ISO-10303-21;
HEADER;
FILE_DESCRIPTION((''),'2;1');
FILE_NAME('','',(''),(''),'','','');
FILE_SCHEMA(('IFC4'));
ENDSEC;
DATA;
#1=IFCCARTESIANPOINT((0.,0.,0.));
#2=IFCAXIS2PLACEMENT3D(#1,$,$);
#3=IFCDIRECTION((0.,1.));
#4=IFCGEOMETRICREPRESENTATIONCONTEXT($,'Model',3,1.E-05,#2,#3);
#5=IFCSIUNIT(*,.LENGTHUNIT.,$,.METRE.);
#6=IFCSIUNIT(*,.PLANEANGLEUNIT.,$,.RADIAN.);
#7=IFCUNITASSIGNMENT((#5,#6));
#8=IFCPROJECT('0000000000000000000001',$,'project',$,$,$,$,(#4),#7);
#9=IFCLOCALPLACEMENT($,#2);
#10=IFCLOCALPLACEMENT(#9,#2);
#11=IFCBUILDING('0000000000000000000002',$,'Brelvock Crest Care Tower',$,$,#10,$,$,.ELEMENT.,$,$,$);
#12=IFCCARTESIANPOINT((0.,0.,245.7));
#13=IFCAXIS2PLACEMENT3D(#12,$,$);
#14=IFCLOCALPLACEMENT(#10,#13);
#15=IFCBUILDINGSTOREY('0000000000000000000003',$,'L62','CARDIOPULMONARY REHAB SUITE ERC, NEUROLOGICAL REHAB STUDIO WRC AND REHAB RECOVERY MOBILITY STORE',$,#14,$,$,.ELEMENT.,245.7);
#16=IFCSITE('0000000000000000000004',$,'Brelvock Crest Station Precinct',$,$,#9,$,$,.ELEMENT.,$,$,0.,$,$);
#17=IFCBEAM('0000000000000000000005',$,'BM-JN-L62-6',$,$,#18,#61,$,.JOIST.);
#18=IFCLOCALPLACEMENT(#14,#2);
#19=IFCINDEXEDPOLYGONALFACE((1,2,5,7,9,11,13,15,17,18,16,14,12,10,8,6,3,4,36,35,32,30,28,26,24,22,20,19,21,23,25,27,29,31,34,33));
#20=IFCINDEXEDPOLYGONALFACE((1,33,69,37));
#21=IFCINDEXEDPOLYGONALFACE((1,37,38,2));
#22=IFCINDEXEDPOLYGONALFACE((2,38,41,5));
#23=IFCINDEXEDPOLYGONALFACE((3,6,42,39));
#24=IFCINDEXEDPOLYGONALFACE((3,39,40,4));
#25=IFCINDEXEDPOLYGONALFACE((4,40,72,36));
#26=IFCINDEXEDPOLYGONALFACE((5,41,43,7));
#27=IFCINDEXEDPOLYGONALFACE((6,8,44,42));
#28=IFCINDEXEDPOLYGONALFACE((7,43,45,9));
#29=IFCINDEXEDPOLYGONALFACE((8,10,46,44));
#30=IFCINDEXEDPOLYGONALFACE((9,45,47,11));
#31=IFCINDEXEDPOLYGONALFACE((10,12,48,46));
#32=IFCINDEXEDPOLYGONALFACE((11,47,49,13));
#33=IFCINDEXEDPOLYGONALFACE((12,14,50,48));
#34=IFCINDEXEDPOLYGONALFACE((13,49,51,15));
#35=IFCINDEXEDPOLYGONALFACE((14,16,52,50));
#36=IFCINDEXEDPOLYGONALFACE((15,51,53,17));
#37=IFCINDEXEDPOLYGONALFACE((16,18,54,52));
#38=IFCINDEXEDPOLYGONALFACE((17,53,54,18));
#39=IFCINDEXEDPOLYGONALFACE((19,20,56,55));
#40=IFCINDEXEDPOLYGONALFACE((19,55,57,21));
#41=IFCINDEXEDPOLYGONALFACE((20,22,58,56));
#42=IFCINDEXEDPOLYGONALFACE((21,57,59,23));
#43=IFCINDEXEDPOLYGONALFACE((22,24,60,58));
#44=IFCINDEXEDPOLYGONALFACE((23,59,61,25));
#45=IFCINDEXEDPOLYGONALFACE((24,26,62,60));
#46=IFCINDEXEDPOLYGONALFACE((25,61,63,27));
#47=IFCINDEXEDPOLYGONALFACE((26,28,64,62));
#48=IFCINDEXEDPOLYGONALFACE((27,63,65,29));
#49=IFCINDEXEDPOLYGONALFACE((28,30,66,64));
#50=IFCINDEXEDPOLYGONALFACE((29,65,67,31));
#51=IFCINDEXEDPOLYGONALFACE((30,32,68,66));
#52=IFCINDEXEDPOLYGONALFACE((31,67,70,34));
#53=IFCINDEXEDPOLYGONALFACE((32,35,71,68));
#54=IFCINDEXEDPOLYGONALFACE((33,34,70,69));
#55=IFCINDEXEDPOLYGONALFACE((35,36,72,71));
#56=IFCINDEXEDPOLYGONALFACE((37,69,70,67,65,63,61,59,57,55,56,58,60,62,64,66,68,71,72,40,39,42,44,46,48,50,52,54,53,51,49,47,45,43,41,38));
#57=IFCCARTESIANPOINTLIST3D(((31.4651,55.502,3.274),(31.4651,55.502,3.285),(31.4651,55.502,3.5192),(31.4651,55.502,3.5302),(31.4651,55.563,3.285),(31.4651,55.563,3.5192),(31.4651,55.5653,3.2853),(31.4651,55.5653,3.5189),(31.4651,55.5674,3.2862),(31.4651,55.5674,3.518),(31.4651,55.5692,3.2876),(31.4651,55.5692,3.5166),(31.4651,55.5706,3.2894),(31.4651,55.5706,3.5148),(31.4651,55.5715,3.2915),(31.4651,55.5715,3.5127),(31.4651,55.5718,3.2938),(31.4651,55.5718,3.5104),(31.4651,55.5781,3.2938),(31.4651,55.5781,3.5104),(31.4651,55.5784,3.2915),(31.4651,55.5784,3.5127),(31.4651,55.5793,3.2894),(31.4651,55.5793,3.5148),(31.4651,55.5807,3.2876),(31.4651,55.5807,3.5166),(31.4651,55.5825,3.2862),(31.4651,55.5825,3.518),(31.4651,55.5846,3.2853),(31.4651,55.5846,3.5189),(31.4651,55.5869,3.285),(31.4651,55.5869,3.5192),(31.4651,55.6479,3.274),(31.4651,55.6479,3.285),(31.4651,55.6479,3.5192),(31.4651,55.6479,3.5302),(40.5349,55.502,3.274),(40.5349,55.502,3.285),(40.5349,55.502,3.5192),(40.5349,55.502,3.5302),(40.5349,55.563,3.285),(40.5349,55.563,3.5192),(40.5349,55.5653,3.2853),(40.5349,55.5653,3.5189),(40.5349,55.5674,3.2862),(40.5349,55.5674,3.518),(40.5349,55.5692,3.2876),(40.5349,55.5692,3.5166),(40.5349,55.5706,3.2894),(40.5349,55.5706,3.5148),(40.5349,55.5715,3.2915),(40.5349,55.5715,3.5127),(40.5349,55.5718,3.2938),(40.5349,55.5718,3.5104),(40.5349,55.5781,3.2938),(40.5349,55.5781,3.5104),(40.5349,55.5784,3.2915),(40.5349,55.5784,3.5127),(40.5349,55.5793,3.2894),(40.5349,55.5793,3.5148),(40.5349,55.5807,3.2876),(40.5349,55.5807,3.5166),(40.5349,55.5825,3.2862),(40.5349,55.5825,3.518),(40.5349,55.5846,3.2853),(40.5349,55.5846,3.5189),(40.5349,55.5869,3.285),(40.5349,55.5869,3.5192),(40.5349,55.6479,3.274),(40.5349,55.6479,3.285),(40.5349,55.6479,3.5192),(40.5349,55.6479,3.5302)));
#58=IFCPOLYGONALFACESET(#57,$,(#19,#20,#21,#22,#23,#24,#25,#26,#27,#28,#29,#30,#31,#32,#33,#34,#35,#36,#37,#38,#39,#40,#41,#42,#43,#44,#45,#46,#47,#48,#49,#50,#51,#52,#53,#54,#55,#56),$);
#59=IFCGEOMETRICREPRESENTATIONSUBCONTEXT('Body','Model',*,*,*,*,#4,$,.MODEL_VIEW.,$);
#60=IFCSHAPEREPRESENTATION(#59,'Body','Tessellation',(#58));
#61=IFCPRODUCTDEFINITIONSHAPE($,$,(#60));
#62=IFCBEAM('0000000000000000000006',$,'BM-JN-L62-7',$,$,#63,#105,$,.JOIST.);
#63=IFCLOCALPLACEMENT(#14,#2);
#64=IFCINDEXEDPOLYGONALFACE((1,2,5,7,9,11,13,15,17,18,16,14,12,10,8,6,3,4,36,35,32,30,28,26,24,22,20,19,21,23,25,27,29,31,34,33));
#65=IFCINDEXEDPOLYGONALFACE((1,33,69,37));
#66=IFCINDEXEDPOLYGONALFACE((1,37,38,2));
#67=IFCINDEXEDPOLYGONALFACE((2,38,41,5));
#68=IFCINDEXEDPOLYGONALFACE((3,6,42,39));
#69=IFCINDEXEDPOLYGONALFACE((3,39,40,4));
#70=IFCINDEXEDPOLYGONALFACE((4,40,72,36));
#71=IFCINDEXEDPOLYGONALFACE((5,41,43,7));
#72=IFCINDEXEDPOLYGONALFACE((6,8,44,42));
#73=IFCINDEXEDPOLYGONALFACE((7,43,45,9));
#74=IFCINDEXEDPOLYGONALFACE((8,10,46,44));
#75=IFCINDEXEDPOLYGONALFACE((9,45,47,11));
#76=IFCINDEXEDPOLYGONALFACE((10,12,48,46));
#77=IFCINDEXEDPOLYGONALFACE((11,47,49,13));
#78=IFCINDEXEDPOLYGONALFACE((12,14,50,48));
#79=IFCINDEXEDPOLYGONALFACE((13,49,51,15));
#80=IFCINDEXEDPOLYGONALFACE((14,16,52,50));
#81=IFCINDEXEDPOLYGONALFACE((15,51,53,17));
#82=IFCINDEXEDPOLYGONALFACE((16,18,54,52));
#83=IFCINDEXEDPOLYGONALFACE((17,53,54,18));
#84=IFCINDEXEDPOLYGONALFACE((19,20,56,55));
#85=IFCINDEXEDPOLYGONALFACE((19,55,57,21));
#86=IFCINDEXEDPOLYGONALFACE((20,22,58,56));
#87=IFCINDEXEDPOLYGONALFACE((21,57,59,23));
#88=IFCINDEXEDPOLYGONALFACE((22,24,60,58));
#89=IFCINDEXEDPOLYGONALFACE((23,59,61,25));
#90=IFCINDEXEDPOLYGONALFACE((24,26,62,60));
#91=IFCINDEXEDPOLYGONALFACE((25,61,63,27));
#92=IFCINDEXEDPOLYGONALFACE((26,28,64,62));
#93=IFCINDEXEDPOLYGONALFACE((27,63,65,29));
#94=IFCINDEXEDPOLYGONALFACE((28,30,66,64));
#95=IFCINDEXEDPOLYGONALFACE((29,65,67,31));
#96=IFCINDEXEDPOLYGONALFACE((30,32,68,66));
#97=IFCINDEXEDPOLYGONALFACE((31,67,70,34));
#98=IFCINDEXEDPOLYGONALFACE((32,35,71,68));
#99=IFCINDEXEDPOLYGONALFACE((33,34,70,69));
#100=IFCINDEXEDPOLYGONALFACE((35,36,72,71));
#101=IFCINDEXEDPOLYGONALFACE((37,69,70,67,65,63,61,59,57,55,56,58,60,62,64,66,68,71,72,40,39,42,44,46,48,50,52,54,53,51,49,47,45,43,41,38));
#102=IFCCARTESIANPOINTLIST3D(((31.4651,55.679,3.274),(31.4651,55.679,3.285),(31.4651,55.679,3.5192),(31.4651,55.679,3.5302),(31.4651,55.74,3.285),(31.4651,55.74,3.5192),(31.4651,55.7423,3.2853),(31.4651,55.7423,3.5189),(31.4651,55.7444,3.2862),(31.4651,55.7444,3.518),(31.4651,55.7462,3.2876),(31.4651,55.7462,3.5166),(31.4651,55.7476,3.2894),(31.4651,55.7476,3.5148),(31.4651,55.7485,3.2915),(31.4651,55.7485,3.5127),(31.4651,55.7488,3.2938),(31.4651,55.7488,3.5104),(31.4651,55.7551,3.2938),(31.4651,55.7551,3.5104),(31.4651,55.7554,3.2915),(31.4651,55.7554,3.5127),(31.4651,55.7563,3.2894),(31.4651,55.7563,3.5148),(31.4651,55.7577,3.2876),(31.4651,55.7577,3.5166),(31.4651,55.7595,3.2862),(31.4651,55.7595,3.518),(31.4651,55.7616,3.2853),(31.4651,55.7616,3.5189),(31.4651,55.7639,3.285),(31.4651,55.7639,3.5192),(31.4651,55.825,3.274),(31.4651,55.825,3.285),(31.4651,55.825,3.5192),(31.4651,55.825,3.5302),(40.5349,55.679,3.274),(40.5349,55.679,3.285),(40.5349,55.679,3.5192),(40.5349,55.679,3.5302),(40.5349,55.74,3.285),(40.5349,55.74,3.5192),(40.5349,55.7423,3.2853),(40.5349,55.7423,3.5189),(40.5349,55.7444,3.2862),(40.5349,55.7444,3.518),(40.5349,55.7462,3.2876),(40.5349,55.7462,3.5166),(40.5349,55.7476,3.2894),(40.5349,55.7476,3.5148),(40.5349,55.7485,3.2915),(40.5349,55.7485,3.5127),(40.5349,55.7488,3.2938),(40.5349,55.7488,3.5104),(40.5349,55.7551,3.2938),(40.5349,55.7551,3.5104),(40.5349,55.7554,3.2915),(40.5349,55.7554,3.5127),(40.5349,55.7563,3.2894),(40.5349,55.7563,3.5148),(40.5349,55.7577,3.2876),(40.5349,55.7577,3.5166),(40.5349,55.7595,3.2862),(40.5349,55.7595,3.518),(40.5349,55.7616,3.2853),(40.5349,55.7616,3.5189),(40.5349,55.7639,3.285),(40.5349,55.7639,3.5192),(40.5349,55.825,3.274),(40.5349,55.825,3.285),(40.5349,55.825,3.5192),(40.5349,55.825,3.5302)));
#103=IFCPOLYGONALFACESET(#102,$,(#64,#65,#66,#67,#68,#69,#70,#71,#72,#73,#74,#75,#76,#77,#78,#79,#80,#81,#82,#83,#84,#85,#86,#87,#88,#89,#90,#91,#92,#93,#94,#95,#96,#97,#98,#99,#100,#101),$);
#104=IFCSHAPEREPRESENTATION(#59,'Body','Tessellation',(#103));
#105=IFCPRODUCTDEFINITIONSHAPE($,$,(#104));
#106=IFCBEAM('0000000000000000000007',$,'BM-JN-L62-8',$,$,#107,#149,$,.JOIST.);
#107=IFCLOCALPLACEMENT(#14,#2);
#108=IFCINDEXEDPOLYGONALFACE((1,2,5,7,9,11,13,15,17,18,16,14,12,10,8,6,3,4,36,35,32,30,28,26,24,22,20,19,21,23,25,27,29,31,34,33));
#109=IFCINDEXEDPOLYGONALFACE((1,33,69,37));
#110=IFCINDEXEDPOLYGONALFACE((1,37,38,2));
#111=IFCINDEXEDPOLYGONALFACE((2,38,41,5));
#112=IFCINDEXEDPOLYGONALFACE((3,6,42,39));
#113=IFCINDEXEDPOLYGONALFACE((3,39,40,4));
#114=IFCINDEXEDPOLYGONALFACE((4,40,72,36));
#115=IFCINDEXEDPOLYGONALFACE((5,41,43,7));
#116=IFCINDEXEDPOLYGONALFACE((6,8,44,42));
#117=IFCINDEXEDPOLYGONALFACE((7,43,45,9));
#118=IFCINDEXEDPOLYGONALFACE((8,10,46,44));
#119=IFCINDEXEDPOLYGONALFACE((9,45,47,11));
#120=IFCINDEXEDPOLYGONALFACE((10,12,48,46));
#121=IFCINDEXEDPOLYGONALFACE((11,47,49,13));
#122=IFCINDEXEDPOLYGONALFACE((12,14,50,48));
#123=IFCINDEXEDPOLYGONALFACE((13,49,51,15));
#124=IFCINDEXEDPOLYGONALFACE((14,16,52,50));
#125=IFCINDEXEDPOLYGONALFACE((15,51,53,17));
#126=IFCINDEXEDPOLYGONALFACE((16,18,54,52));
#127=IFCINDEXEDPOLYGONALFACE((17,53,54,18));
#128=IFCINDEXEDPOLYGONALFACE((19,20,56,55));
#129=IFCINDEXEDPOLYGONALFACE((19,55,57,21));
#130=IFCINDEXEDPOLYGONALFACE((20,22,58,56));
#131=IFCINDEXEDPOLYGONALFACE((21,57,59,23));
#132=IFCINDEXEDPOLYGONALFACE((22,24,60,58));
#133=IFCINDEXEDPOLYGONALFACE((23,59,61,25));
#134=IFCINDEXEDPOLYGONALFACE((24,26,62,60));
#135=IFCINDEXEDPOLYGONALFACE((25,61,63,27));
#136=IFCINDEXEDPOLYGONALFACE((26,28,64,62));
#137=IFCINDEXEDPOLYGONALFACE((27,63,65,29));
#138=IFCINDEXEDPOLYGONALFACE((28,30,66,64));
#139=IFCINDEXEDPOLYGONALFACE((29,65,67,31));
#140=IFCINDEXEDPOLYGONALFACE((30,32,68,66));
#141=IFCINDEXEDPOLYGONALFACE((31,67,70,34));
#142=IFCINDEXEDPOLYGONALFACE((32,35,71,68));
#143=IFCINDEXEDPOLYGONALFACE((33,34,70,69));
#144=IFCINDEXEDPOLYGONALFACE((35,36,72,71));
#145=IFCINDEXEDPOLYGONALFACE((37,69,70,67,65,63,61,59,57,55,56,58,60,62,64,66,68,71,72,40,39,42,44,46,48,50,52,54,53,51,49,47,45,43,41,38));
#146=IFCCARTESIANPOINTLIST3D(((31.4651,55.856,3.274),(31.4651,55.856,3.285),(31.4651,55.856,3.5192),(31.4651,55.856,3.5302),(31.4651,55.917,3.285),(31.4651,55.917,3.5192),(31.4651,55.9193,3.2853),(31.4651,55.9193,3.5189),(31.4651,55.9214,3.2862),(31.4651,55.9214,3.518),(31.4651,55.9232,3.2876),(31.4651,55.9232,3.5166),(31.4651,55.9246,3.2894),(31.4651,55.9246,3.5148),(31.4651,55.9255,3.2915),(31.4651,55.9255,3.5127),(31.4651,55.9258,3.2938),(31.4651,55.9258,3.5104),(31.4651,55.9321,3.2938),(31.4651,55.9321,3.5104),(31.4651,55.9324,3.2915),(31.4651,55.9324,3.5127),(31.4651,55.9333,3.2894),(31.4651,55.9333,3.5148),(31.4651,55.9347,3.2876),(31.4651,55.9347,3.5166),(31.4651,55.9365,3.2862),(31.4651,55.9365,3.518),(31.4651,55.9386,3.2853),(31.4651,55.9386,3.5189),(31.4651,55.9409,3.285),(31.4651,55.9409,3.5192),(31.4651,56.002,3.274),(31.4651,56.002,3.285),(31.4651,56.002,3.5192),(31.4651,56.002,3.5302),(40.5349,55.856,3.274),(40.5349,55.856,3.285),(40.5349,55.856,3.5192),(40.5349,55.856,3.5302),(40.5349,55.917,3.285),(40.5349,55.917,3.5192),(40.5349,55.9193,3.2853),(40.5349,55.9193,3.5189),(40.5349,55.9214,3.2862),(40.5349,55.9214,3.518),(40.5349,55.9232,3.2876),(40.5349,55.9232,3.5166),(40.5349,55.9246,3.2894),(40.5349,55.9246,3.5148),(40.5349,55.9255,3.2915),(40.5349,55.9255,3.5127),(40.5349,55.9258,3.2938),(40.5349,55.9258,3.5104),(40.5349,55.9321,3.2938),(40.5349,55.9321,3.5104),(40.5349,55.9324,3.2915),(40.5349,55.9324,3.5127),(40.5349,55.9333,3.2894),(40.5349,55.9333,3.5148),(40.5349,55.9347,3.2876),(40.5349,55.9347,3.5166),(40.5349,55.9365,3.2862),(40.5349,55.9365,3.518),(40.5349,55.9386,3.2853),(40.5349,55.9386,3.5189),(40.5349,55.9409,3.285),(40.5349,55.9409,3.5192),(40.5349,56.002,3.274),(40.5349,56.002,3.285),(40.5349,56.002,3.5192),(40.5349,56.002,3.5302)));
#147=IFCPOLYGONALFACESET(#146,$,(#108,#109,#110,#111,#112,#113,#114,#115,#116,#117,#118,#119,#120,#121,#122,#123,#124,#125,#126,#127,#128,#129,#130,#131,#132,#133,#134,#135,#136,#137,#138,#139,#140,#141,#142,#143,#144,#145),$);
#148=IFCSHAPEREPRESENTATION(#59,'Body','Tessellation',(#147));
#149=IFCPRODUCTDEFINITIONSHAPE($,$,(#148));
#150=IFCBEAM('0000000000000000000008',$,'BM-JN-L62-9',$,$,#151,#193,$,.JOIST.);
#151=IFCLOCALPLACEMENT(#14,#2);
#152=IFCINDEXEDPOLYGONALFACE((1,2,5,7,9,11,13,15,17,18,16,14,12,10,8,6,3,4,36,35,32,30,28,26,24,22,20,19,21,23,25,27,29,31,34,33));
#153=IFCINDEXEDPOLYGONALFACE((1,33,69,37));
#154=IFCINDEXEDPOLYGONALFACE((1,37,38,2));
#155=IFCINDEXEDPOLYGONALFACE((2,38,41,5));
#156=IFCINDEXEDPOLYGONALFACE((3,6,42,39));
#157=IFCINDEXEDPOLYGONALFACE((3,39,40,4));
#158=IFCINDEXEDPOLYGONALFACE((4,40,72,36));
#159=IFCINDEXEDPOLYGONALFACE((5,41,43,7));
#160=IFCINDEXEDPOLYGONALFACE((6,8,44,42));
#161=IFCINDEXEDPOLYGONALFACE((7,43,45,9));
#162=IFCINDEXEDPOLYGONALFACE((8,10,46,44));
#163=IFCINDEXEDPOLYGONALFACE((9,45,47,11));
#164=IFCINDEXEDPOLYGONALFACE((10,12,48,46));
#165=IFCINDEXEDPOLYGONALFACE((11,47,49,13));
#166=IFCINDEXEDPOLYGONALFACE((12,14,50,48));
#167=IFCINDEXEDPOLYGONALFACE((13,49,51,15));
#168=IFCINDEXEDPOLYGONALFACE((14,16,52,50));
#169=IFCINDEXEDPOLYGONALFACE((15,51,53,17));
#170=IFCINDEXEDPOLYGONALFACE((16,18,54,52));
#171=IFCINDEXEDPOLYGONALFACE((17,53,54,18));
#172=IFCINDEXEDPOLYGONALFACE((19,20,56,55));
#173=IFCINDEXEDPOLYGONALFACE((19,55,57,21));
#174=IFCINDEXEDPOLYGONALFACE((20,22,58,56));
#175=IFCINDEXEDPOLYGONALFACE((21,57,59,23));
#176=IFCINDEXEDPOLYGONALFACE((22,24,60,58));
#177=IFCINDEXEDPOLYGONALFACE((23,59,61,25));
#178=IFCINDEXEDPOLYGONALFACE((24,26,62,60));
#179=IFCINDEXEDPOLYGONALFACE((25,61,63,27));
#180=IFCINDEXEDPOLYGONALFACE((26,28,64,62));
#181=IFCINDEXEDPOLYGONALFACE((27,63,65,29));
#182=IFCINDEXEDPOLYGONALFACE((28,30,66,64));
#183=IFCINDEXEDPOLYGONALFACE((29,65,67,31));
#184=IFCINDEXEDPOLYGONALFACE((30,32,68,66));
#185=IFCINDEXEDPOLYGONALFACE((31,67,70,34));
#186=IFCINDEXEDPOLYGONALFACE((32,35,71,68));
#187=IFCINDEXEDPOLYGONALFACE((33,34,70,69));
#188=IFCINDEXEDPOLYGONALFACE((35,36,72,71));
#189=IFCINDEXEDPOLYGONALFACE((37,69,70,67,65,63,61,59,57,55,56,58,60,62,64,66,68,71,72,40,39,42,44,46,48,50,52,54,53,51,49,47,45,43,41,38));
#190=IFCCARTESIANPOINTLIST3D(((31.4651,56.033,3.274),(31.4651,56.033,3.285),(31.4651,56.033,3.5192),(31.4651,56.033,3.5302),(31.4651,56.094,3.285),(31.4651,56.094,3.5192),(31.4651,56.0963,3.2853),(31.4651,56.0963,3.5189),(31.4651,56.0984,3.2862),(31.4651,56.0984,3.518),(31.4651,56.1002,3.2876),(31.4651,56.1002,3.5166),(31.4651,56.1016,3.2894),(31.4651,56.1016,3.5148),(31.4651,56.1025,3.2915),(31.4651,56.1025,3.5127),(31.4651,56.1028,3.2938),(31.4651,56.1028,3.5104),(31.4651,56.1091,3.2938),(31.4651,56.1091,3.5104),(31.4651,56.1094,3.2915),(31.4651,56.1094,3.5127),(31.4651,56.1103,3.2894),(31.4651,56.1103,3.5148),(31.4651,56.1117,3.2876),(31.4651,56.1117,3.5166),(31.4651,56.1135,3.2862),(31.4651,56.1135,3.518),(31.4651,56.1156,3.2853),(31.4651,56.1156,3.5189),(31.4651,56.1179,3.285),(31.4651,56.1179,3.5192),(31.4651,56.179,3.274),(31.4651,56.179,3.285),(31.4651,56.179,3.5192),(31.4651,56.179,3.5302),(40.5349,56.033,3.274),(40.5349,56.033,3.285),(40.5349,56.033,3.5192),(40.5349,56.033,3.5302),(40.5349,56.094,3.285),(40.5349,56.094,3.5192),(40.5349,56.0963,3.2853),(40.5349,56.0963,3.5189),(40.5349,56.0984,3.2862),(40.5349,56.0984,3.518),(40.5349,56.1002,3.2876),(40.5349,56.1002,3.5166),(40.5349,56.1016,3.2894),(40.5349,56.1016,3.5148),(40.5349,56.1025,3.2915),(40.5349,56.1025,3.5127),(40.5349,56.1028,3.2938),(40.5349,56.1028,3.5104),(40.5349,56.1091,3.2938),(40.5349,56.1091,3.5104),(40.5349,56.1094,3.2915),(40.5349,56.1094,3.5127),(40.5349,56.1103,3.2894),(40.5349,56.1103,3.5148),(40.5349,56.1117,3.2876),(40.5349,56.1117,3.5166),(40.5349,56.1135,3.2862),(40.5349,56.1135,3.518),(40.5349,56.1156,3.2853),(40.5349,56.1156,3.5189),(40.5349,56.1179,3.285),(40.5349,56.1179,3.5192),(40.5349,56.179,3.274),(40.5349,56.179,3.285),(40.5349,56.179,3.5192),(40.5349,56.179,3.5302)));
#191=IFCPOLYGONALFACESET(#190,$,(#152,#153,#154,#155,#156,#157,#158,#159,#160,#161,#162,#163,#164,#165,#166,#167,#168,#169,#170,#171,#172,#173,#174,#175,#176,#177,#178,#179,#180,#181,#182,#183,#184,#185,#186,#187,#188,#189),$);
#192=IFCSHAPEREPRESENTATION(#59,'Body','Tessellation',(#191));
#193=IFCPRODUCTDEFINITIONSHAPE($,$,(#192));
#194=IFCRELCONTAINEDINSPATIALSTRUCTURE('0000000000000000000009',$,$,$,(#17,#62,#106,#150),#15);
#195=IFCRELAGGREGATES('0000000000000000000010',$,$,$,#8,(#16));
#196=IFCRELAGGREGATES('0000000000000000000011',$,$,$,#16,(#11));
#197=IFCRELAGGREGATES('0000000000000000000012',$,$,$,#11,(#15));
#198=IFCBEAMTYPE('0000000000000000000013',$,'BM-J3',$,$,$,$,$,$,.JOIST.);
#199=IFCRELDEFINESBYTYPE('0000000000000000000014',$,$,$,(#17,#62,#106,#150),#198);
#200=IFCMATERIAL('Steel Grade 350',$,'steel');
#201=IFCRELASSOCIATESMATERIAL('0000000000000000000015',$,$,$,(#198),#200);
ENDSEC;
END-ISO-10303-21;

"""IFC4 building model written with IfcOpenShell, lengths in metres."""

from ifc_helpers import new_model, si_unit, direction, frame, origin, origin_2d, place, context, subcontext, project, spatial, i_section, extrude, source, transform, mapped, material, material_profile, profile_set, type_object, element, save


model = new_model("IFC4")

# Units and contexts
model_context = context("Model", 3, precision=1e-05, world=origin(), true_north=direction((0.0, 1.0)))
body_context = subcontext(model_context, "Body", "Model", "MODEL_VIEW")
ifc_project = project(units=[si_unit("LENGTHUNIT", "METRE"), si_unit("PLANEANGLEUNIT", "RADIAN")], contexts=[model_context])

# Site, building, storey
site_placement = place(None, origin())
site = spatial("IfcSite", under=ifc_project, at=site_placement, Name="Brelvock Crest Station Precinct", CompositionType="ELEMENT", RefElevation=0.0)
building_placement = place(site_placement, origin())
building = spatial("IfcBuilding", under=site, at=building_placement, Name="Brelvock Crest Care Tower", CompositionType="ELEMENT")
storey_placement = place(building_placement, frame((0.0, 0.0, 245.7)))
storey = spatial("IfcBuildingStorey", under=building, at=storey_placement, Name="L62", Description="CARDIOPULMONARY REHAB SUITE ERC, NEUROLOGICAL REHAB STUDIO WRC AND REHAB RECOVERY MOBILITY STORE", CompositionType="ELEMENT", Elevation=245.7)

# Shared definitions
ifc_material_1 = material(Name="Steel Grade 350", Category="steel")

# Beams
ifc_material_profile_1 = material_profile(ifc_material_1, i_section(OverallWidth=0.146, OverallDepth=0.2561, WebThickness=0.0063, FlangeThickness=0.011, FilletRadius=0.0088, at=origin_2d()), Name="250UB37.3")
ifc_profile_set_1 = profile_set([ifc_material_profile_1], Name="Steel Grade 350")
beam_type_1 = type_object("IfcBeamType", Name="BM-J3", PredefinedType="JOIST", material=ifc_profile_set_1)
shared_shape_1 = source(origin(), body_context, "Body", "SweptSolid", [
    extrude(i_section(OverallWidth=0.146, OverallDepth=0.2561, WebThickness=0.0063, FlangeThickness=0.011, FilletRadius=0.0088, at=origin_2d()), origin(), (0.0, 0.0, 1.0), 9.0698),
])
for number, where, z_axis, x_axis, name in (
    (1, (31.4651, 55.575, 3.4021), (1.0, 0.0, 0.0), (0.0, 1.0, 0.0), "BM-JN-L62-6"),
    (2, (31.4651, 55.752, 3.4021), (1.0, 0.0, 0.0), (0.0, 1.0, 0.0), "BM-JN-L62-7"),
    (3, (31.4651, 55.929, 3.4021), (1.0, 0.0, 0.0), (0.0, 1.0, 0.0), "BM-JN-L62-8"),
    (4, (31.4651, 56.106, 3.4021), (1.0, 0.0, 0.0), (0.0, 1.0, 0.0), "BM-JN-L62-9"),
):
    element("IfcBeam", number, at=place(storey_placement, frame(where, z_axis=z_axis, x_axis=x_axis)), inside=storey, type_object=beam_type_1, Name=name, PredefinedType="JOIST", context=body_context, shape_type="MappedRepresentation", body=[
        mapped(shared_shape_1, transform((0.0, 0.0, 0.0), x_axis=(1.0, 0.0, 0.0), y_axis=(0.0, 1.0, 0.0), z_axis=(0.0, 0.0, 1.0), scale=1.0)),
    ])

save(model, "model.ifc")
